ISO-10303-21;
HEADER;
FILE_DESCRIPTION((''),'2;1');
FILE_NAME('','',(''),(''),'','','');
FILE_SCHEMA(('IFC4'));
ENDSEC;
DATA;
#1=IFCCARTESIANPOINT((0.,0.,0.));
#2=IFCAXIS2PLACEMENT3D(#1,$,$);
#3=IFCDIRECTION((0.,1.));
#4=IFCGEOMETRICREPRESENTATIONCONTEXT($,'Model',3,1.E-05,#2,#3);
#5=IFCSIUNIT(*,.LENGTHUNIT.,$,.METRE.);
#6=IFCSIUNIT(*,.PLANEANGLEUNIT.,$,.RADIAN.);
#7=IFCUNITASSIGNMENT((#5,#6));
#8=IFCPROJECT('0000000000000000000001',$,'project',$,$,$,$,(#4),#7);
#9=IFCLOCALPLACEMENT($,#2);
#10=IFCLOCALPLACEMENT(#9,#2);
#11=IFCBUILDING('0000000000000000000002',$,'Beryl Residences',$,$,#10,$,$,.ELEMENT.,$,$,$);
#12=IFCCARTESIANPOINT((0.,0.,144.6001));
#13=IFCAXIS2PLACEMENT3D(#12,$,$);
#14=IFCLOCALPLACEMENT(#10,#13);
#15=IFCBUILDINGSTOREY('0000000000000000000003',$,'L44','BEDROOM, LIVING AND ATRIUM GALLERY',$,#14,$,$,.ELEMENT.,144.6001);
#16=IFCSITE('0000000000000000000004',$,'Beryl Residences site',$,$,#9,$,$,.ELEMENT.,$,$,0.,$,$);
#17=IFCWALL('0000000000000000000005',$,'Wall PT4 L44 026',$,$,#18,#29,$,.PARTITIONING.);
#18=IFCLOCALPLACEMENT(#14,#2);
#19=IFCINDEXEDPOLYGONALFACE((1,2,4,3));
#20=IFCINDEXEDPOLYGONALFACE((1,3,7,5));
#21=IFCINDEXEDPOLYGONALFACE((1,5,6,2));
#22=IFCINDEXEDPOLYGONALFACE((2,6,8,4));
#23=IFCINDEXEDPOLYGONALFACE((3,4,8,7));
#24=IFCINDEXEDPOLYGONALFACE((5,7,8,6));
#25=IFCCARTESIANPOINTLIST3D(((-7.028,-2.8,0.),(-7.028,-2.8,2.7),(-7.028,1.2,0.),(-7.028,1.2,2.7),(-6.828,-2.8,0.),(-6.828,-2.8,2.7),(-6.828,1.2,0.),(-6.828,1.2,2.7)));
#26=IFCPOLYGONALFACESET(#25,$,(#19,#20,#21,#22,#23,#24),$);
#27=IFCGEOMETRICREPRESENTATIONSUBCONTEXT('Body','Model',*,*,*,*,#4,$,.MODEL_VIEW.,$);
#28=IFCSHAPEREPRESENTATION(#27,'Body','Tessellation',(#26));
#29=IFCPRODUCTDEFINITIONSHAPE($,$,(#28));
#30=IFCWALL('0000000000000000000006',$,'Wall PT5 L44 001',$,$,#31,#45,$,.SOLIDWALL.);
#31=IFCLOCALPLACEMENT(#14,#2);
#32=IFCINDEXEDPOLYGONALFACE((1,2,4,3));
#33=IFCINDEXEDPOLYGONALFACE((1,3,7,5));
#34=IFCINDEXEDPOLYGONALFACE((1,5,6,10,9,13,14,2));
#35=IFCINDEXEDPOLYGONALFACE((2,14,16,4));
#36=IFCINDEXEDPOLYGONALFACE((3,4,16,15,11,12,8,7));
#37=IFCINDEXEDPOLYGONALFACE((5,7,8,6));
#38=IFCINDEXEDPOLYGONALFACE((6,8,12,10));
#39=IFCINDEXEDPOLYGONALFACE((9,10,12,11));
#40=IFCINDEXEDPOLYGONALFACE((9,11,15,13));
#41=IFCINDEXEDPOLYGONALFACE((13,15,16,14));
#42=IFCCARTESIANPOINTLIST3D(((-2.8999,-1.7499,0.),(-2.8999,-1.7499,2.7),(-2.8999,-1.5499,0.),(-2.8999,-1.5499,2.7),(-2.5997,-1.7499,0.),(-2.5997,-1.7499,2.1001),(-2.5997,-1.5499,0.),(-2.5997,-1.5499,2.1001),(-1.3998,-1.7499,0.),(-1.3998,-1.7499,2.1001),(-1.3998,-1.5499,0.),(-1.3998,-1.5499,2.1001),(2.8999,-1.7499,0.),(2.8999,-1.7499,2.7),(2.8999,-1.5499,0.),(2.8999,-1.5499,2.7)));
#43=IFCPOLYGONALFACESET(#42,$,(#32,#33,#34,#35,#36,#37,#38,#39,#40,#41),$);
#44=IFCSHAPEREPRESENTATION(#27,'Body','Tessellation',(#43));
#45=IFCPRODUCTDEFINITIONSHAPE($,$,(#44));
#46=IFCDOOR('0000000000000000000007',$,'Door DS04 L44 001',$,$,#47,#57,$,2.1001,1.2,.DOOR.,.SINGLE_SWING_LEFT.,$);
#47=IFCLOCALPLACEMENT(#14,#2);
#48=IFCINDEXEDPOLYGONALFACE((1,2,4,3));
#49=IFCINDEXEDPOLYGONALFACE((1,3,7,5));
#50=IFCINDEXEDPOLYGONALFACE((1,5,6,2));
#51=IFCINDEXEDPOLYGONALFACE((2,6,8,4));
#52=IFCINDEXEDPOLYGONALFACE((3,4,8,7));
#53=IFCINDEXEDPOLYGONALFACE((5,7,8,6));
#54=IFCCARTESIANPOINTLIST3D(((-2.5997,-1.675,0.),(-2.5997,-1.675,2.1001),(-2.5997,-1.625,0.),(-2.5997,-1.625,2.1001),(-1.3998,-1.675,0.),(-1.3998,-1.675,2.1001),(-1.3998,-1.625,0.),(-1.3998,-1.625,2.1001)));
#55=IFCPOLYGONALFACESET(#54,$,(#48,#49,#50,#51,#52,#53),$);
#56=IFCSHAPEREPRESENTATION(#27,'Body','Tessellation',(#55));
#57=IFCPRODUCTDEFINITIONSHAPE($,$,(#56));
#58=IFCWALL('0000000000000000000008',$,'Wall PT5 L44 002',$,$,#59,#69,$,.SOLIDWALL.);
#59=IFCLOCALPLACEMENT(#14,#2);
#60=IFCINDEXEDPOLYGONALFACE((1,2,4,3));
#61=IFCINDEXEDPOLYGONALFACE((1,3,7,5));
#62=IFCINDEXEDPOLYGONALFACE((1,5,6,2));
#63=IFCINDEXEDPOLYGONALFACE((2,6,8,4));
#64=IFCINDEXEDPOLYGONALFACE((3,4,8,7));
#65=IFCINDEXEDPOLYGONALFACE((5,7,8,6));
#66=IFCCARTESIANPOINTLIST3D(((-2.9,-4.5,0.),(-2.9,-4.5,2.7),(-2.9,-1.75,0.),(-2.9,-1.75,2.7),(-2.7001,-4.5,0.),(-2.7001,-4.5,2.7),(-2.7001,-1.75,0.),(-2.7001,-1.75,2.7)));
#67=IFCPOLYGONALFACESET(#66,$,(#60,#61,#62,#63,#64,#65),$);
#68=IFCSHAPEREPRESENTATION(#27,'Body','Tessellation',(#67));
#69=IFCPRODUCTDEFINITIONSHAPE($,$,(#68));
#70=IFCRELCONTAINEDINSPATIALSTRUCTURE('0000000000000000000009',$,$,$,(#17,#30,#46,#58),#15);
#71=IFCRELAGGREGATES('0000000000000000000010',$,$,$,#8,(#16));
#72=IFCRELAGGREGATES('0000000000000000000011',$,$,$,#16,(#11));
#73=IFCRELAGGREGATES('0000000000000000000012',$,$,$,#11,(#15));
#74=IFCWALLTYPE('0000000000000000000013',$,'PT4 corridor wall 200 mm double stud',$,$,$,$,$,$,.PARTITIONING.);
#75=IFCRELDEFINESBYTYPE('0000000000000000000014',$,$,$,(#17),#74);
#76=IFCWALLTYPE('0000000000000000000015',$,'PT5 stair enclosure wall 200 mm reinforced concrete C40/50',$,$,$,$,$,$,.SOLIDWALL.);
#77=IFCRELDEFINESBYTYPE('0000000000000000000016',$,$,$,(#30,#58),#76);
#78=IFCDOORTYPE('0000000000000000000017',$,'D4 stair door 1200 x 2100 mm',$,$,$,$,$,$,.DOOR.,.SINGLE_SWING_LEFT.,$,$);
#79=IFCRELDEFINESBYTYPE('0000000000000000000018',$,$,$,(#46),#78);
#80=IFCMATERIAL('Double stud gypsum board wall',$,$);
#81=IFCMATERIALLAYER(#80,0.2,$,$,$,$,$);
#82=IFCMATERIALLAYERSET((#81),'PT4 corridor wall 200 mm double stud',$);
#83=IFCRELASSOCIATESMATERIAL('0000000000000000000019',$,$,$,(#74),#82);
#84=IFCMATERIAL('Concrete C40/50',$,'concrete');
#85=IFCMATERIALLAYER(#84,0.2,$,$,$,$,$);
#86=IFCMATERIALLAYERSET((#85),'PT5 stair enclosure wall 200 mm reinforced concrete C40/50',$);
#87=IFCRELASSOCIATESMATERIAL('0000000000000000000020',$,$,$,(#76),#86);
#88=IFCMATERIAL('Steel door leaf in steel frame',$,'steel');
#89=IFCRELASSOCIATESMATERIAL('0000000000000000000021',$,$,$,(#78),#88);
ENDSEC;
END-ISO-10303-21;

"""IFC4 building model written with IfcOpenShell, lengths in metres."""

from ifc_helpers import new_model, si_unit, direction, frame, frame_2d, origin, place, context, subcontext, project, spatial, rectangle, extrude, material, layer, layer_set, type_object, element, fill, save


model = new_model("IFC4")

# Units and contexts
model_context = context("Model", 3, precision=1e-05, world=origin(), true_north=direction((0.0, 1.0)))
body_context = subcontext(model_context, "Body", "Model", "MODEL_VIEW")
ifc_project = project(units=[si_unit("LENGTHUNIT", "METRE"), si_unit("PLANEANGLEUNIT", "RADIAN")], contexts=[model_context])

# Site, building, storey
site_placement = place(None, origin())
site = spatial("IfcSite", under=ifc_project, at=site_placement, Name="Beryl Residences site", CompositionType="ELEMENT", RefElevation=0.0)
building_placement = place(site_placement, origin())
building = spatial("IfcBuilding", under=site, at=building_placement, Name="Beryl Residences", CompositionType="ELEMENT")
storey_placement = place(building_placement, frame((0.0, 0.0, 144.6001)))
storey = spatial("IfcBuildingStorey", under=building, at=storey_placement, Name="L44", Description="BEDROOM, LIVING AND ATRIUM GALLERY", CompositionType="ELEMENT", Elevation=144.6001)

# Shared definitions
ifc_material_1 = material(Name="Double stud gypsum board wall")
ifc_layer_1 = layer(ifc_material_1, 0.2)
ifc_layer_set_1 = layer_set([ifc_layer_1], Name="PT4 corridor wall 200 mm double stud")
wall_type_1 = type_object("IfcWallType", Name="PT4 corridor wall 200 mm double stud", PredefinedType="PARTITIONING", material=ifc_layer_set_1)

# Wall
wall_1_placement = place(storey_placement, frame((-6.928, -2.8, 0.0), z_axis=(0.0, 0.0, 1.0), x_axis=(0.0, 1.0, 0.0)))
element("IfcWall", 1, at=wall_1_placement, inside=storey, type_object=wall_type_1, Name="Wall PT4 L44 026", PredefinedType="PARTITIONING", context=body_context, shape_type="SweptSolid", body=[
    extrude(rectangle(XDim=4.0, YDim=0.2, at=frame_2d((2.0, 0.0))), origin(), (0.0, 0.0, 1.0), 2.7),
])

# Wall, opening, door
ifc_material_2 = material(Name="Concrete C40/50", Category="concrete")
ifc_layer_2 = layer(ifc_material_2, 0.2)
ifc_layer_set_2 = layer_set([ifc_layer_2], Name="PT5 stair enclosure wall 200 mm reinforced concrete C40/50")
wall_type_2 = type_object("IfcWallType", Name="PT5 stair enclosure wall 200 mm reinforced concrete C40/50", PredefinedType="SOLIDWALL", material=ifc_layer_set_2)
wall_2_placement = place(storey_placement, frame((-2.8999, -1.6499, 0.0), z_axis=(0.0, 0.0, 1.0), x_axis=(1.0, 0.0, 0.0)))
wall_2 = element("IfcWall", 2, at=wall_2_placement, inside=storey, type_object=wall_type_2, Name="Wall PT5 L44 001", PredefinedType="SOLIDWALL", context=body_context, shape_type="SweptSolid", body=[
    extrude(rectangle(XDim=5.7998, YDim=0.2, at=frame_2d((2.8999, 0.0))), origin(), (0.0, 0.0, 1.0), 2.7),
])
opening_1_placement = place(wall_2_placement, frame((0.3, 0.0, 0.0)))
opening_1 = element("IfcOpeningElement", 3, at=opening_1_placement, cuts=wall_2, PredefinedType="OPENING", context=body_context, shape_type="SweptSolid", body=[
    extrude(rectangle(XDim=1.2, YDim=2.1001, at=frame_2d((0.6001, 1.05))), frame((0.0, 0.1099, 0.0), z_axis=(0.0, -1.0, 0.0), x_axis=(1.0, 0.0, 0.0)), (0.0, 0.0, 1.0), 0.22),
])
ifc_material_3 = material(Name="Steel door leaf in steel frame", Category="steel")
door_type_1 = type_object("IfcDoorType", Name="D4 stair door 1200 x 2100 mm", OperationType="SINGLE_SWING_LEFT", PredefinedType="DOOR", material=ifc_material_3)
door_1_placement = place(opening_1_placement, origin())
door_1 = element("IfcDoor", 4, at=door_1_placement, inside=storey, type_object=door_type_1, Name="Door DS04 L44 001", OperationType="SINGLE_SWING_LEFT", OverallHeight=2.1001, OverallWidth=1.2, PredefinedType="DOOR", context=body_context, shape_type="SweptSolid", body=[
    extrude(rectangle(XDim=1.2, YDim=2.1001, at=frame_2d((0.6001, 1.05))), frame((0.0, 0.0249, 0.0), z_axis=(0.0, -1.0, 0.0), x_axis=(1.0, 0.0, 0.0)), (0.0, 0.0, 1.0), 0.05),
])
fill(opening_1, door_1)

# Wall
wall_3_placement = place(storey_placement, frame((-2.8, -4.5, 0.0), z_axis=(0.0, 0.0, 1.0), x_axis=(0.0, 1.0, 0.0)))
element("IfcWall", 5, at=wall_3_placement, inside=storey, type_object=wall_type_2, Name="Wall PT5 L44 002", PredefinedType="SOLIDWALL", context=body_context, shape_type="SweptSolid", body=[
    extrude(rectangle(XDim=2.75, YDim=0.2, at=frame_2d((1.375, 0.0))), origin(), (0.0, 0.0, 1.0), 2.7),
])

save(model, "model.ifc")
